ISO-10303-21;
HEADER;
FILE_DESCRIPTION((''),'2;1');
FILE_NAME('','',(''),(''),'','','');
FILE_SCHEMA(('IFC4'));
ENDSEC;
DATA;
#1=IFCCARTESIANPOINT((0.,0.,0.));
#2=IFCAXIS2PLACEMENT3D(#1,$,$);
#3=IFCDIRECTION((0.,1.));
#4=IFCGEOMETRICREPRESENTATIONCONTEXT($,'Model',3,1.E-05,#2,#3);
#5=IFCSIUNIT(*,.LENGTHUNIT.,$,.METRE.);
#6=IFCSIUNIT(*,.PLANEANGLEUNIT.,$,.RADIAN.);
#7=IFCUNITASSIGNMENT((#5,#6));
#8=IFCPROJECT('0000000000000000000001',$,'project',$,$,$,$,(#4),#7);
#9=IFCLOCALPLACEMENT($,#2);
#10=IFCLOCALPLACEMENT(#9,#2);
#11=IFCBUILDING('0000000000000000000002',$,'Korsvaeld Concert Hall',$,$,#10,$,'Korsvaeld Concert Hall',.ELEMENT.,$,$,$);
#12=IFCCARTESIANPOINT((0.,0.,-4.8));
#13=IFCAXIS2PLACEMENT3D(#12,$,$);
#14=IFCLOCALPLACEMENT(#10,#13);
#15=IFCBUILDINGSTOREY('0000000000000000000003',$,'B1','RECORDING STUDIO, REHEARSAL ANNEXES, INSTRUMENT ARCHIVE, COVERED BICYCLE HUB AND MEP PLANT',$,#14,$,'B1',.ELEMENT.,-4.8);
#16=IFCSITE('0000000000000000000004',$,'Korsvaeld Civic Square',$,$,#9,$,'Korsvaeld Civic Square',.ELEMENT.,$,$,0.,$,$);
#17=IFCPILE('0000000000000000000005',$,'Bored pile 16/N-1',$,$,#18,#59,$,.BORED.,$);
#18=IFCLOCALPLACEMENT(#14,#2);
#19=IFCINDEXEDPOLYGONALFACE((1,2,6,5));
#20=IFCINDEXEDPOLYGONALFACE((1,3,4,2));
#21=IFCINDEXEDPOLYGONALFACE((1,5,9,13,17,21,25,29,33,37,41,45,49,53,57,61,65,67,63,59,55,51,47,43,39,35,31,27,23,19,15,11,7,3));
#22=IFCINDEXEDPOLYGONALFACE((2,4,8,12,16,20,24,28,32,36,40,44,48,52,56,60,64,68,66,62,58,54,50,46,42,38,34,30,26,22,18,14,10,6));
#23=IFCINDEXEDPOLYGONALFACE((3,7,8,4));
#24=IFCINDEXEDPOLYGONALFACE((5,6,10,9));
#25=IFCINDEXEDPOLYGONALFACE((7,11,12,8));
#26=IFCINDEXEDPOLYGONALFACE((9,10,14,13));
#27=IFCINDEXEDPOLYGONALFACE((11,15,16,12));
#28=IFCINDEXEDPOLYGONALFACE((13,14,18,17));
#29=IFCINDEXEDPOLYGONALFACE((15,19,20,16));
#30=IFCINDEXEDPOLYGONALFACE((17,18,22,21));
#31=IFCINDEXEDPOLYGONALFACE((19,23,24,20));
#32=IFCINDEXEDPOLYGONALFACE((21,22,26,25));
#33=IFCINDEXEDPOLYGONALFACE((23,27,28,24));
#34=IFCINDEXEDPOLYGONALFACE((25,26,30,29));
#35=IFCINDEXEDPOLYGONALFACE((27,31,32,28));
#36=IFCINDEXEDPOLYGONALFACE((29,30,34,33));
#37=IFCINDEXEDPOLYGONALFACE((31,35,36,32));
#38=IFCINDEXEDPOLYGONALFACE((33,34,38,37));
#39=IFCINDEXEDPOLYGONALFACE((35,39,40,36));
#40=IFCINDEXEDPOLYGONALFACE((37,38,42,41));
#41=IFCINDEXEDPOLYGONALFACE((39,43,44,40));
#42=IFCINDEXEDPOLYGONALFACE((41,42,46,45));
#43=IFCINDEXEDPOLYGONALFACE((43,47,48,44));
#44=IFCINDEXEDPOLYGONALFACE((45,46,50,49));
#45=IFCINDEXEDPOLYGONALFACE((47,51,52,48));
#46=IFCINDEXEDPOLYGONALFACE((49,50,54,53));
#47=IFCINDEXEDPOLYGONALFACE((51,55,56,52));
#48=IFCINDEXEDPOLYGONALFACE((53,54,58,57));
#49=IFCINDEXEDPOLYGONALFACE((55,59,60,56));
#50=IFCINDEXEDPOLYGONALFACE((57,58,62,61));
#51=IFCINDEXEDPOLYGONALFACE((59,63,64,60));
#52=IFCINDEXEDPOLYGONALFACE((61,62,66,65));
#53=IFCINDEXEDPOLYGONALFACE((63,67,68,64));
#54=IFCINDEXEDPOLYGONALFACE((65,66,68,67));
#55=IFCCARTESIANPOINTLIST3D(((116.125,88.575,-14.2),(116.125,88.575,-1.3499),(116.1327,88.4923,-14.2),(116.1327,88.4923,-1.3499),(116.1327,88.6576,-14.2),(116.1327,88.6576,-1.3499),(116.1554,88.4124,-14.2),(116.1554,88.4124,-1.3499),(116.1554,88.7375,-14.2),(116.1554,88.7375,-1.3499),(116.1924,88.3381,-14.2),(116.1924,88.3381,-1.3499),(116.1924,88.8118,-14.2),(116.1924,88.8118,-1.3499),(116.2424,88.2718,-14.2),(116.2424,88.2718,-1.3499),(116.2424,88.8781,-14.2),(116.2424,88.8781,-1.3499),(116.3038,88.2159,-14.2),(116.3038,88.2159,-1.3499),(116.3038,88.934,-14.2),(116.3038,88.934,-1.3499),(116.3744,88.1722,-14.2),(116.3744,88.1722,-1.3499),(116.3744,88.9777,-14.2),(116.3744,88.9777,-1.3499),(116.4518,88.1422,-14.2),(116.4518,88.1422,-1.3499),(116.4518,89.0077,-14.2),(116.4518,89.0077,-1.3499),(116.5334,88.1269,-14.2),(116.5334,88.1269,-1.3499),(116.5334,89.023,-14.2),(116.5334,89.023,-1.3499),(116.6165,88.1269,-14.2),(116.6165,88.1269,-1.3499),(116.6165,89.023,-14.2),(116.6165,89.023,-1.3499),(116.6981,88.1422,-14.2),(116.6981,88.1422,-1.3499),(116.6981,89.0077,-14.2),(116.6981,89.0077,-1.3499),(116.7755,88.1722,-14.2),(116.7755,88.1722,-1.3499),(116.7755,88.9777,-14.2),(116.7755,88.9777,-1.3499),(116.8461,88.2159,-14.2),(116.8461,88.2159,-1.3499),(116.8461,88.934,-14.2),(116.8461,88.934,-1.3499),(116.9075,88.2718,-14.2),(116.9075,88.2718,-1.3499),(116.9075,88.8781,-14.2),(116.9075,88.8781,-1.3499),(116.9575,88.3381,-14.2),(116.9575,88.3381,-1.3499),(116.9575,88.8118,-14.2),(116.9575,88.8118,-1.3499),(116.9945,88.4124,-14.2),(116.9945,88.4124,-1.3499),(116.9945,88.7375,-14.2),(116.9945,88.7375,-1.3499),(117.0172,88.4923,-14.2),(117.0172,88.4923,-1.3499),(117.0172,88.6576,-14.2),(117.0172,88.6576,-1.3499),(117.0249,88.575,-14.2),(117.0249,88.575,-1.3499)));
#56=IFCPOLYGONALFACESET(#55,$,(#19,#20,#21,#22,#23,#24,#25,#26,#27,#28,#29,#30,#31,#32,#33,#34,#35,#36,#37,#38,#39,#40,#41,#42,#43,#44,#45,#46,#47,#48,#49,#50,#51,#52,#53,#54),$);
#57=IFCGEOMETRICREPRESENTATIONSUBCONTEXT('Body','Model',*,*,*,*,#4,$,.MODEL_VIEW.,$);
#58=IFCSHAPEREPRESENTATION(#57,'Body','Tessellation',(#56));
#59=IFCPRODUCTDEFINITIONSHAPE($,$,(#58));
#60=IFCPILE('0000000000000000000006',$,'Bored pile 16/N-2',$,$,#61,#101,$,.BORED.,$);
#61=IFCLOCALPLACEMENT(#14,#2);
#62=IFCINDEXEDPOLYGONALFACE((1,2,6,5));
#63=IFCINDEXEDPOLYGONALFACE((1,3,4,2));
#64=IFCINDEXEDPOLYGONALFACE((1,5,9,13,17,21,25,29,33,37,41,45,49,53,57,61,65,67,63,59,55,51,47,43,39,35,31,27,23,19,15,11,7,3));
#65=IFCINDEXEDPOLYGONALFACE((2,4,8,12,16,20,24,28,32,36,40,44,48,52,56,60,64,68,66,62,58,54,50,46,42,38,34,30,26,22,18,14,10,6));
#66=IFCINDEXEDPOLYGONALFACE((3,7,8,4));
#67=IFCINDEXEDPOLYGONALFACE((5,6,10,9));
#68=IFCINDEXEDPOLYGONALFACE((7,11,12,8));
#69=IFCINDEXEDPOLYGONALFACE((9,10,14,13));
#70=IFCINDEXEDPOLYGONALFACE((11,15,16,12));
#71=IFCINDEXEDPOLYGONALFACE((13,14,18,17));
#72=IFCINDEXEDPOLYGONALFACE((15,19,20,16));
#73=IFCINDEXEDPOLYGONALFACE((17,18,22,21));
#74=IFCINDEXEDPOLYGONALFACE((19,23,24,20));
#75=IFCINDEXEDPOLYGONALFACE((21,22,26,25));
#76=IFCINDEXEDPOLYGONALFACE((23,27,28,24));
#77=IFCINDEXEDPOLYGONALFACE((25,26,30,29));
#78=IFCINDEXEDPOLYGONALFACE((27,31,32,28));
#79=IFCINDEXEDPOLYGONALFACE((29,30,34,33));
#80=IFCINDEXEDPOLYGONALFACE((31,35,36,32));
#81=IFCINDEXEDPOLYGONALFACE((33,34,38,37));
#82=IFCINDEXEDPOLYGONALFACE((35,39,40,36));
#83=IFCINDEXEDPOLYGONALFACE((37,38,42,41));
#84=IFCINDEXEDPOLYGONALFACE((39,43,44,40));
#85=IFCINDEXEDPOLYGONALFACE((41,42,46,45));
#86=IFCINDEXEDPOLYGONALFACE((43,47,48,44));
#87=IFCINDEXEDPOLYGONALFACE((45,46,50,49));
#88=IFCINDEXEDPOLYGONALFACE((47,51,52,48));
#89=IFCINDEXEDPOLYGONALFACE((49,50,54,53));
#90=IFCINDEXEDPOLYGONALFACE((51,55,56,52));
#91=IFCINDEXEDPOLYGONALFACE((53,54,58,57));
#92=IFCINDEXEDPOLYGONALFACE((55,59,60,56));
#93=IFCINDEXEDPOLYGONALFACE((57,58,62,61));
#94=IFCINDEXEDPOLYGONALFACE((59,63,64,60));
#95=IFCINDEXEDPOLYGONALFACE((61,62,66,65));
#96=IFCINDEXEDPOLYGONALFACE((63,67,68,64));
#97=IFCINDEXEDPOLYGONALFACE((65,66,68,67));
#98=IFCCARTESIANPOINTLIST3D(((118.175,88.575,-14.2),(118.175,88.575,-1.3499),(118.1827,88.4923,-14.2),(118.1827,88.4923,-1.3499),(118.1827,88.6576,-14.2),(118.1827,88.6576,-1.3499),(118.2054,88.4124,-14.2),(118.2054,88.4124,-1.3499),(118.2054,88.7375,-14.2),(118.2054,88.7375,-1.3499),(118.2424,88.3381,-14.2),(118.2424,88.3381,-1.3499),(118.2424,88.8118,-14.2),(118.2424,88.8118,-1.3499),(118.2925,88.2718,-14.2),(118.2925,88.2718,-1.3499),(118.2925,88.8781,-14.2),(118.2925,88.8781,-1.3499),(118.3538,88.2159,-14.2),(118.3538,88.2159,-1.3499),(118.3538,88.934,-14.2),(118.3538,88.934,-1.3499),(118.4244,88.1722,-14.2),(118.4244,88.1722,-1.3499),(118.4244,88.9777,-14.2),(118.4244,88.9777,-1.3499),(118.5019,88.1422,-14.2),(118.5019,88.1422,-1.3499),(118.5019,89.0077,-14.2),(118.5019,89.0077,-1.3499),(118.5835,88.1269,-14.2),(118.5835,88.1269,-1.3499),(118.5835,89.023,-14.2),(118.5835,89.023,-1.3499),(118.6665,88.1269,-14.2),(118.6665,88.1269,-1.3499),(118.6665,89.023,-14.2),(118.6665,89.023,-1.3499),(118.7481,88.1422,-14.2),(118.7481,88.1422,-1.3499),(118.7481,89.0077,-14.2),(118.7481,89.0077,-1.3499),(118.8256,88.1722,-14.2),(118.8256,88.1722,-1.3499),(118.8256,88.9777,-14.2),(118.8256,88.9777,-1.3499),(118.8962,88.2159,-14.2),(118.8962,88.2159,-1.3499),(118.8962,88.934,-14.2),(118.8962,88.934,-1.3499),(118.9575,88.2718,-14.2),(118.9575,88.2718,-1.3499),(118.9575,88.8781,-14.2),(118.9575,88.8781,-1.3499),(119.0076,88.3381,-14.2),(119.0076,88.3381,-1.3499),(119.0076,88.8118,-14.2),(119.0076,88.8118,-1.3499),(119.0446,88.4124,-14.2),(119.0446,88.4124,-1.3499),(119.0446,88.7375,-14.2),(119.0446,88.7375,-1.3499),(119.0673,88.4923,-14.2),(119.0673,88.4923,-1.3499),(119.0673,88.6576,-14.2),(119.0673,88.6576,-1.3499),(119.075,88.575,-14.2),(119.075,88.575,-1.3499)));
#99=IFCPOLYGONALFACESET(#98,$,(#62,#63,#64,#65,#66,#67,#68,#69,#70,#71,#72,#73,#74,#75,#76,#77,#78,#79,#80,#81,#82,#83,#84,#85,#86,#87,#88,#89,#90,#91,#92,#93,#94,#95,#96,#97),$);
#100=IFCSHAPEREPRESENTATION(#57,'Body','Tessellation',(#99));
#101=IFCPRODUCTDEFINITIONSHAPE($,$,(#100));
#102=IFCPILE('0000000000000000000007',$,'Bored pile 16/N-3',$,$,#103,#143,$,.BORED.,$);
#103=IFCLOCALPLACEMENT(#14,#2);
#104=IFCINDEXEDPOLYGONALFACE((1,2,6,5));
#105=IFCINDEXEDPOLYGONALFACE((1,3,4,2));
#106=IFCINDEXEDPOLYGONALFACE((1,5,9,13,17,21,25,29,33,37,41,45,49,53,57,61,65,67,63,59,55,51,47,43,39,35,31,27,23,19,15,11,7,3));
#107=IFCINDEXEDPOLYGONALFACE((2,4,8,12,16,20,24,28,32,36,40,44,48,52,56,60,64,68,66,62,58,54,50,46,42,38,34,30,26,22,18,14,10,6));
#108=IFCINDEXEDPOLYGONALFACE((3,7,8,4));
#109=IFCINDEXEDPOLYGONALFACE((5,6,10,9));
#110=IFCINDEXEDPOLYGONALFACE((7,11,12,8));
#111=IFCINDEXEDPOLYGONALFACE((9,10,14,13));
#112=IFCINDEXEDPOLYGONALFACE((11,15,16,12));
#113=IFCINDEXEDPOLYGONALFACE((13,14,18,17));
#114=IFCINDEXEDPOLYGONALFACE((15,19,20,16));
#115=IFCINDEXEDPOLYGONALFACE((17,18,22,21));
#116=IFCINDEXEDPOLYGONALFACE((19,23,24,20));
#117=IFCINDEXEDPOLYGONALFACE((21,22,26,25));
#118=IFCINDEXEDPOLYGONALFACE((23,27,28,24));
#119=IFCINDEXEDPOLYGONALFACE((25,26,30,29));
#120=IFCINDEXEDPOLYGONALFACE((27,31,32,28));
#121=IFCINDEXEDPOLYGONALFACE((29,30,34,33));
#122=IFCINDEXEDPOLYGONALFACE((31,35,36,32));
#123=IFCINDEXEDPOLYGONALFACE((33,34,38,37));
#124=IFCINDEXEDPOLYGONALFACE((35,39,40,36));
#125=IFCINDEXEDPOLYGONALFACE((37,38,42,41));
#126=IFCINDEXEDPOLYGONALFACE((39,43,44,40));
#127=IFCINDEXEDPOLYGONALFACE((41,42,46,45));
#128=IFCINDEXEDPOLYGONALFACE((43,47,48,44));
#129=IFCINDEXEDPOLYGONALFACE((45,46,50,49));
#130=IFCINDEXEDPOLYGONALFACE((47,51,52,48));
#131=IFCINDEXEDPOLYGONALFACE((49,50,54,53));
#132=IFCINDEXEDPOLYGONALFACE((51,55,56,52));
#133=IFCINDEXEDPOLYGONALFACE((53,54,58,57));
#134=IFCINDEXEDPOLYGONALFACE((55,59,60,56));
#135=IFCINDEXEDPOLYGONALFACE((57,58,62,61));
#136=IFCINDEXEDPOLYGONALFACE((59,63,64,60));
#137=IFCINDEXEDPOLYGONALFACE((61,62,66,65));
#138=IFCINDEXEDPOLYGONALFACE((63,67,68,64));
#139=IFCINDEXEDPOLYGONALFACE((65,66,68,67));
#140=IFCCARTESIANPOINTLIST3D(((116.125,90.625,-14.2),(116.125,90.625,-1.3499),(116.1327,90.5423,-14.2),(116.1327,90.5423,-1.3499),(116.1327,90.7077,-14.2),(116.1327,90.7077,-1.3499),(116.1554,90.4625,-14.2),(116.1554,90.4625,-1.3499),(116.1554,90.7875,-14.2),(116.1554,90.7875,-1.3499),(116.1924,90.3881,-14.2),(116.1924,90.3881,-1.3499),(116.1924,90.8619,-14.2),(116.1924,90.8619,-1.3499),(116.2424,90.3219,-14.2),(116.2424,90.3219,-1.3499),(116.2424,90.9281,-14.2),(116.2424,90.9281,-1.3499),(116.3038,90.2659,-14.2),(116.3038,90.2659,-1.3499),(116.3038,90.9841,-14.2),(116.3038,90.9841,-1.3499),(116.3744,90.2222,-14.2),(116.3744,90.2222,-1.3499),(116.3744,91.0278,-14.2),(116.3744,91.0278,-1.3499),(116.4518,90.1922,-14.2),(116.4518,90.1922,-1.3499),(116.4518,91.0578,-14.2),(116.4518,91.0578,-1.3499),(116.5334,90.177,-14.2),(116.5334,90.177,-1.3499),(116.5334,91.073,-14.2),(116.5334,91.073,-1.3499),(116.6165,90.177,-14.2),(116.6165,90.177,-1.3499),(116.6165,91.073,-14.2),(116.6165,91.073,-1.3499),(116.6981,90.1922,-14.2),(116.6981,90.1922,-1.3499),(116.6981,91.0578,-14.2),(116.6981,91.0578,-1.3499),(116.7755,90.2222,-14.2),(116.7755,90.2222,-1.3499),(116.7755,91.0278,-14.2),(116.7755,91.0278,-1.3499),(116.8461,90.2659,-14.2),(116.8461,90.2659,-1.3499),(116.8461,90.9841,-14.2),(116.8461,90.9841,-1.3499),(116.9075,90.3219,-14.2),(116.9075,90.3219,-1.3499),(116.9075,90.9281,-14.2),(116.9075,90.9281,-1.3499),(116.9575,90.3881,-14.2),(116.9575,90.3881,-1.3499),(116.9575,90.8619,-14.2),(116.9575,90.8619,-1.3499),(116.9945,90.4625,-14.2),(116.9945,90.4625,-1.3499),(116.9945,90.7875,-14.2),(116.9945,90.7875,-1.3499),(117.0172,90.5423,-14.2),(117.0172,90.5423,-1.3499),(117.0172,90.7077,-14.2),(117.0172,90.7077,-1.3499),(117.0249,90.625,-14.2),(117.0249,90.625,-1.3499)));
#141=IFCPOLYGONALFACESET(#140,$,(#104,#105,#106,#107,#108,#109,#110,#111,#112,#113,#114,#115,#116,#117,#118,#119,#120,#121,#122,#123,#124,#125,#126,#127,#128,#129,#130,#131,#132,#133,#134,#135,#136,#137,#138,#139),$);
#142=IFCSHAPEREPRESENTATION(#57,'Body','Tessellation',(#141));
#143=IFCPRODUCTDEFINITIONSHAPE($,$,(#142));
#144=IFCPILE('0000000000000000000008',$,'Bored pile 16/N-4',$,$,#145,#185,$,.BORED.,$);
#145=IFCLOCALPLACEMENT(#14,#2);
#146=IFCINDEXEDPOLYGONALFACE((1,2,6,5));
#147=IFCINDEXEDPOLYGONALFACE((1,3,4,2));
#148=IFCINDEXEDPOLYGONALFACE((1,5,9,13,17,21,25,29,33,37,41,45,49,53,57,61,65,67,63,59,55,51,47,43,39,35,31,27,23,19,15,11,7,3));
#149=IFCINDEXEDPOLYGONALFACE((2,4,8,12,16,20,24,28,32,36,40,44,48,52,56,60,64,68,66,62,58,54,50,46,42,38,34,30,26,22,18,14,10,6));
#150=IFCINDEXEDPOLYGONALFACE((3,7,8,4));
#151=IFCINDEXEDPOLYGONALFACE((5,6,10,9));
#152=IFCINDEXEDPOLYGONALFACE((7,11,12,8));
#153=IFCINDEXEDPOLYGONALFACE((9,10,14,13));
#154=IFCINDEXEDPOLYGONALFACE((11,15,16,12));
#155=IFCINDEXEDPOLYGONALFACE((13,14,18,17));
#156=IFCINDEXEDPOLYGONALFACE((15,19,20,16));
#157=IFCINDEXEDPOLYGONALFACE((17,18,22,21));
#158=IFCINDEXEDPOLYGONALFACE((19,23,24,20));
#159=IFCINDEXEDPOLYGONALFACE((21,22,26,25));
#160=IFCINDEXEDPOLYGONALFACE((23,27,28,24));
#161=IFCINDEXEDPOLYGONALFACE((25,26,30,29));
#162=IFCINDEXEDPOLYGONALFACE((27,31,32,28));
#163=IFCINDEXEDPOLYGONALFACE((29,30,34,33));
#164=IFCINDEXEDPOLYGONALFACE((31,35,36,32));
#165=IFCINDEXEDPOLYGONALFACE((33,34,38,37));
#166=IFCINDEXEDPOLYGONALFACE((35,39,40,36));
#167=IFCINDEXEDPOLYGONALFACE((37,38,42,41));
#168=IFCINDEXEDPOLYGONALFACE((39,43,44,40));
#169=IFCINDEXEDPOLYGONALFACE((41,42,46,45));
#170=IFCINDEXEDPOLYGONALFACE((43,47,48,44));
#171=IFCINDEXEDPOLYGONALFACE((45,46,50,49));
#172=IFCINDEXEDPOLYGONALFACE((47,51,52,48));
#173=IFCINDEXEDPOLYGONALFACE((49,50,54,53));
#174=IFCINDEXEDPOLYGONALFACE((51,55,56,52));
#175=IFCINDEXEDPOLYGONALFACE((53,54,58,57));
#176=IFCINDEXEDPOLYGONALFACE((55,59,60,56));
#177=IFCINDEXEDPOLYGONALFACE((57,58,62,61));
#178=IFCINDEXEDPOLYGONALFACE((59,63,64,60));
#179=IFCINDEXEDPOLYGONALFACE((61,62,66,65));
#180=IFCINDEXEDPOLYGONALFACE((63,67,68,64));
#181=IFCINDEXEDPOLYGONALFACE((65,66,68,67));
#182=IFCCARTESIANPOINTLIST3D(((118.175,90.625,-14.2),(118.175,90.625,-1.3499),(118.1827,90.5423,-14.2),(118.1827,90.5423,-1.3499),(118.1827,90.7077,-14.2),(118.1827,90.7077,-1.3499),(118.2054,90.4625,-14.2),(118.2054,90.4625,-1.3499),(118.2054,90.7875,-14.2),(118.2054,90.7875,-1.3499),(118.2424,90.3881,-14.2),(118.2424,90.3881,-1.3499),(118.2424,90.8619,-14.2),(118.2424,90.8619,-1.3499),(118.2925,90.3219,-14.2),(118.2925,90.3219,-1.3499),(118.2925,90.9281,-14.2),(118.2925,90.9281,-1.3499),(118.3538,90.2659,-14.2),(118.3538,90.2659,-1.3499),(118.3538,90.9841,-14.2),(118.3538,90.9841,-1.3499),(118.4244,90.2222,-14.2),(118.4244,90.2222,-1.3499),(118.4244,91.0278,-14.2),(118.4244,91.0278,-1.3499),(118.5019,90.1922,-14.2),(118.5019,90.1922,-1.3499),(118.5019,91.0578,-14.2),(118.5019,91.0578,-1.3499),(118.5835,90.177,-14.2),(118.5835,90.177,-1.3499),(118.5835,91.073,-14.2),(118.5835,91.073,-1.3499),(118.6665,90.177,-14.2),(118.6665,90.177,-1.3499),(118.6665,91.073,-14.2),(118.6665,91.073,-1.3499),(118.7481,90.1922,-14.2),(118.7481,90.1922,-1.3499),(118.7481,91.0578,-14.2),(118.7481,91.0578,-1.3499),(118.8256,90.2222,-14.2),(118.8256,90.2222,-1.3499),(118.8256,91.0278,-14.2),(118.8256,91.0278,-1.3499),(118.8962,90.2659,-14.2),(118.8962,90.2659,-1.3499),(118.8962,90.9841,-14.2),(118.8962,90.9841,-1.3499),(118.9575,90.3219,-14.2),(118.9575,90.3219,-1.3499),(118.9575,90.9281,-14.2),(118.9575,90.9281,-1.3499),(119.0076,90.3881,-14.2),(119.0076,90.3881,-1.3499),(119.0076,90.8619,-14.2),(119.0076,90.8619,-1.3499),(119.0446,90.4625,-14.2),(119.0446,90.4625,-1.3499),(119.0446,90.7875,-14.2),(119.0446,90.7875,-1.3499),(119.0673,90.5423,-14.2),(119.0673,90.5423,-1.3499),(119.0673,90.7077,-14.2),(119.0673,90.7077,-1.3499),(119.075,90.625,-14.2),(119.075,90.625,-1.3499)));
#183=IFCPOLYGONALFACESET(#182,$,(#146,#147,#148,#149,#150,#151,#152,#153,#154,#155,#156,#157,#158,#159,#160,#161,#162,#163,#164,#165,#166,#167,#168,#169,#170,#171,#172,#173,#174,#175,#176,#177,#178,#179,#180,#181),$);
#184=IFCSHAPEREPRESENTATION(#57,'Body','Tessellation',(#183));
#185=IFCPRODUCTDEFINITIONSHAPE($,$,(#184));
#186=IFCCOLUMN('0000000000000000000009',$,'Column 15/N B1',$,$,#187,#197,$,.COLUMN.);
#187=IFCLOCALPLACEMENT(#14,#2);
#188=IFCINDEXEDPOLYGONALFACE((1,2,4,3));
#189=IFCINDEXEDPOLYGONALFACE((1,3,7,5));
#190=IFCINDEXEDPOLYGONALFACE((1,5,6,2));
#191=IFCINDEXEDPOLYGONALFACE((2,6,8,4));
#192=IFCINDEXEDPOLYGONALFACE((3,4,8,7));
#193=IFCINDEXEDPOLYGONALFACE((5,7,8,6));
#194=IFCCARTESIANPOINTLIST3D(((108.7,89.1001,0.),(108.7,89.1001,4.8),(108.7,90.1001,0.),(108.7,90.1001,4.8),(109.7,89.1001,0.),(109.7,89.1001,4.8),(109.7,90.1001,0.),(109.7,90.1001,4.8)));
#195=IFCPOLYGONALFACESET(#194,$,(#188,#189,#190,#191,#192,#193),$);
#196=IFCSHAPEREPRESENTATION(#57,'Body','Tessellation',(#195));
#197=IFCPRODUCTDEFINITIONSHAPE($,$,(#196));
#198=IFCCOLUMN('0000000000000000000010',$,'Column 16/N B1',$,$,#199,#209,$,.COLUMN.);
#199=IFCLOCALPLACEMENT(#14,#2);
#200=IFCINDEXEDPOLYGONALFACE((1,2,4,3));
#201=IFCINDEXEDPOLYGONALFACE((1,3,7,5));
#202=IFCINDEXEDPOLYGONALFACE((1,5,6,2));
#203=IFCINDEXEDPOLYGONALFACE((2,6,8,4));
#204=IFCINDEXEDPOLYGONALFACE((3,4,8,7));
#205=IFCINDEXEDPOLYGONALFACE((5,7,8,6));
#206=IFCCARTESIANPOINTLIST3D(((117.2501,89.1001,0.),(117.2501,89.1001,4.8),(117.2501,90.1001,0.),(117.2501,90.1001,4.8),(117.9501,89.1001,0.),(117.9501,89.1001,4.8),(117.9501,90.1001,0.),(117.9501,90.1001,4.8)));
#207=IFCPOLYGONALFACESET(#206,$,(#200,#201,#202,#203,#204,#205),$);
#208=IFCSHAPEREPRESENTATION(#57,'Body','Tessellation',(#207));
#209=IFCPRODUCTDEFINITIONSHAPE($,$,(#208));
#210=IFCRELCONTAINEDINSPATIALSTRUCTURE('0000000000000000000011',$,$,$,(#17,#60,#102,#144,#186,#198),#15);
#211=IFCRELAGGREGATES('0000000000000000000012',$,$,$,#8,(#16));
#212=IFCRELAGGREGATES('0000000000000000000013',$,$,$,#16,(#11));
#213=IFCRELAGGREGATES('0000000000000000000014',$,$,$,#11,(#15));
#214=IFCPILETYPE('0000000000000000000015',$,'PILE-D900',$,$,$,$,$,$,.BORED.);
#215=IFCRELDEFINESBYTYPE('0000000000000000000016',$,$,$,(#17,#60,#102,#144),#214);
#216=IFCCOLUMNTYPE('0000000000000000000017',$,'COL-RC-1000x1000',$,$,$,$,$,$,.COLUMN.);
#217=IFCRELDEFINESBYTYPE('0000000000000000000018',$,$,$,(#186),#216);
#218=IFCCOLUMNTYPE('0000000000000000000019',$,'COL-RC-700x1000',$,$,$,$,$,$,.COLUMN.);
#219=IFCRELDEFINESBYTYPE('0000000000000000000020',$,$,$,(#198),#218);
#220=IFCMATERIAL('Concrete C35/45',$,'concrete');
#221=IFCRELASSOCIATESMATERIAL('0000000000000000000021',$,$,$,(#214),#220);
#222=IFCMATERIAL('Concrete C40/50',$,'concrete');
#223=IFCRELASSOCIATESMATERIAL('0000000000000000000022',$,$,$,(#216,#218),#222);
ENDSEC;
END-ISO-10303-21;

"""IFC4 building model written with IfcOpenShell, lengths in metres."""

from ifc_helpers import new_model, si_unit, direction, frame, origin, origin_2d, place, context, subcontext, project, spatial, rectangle, circle, extrude, material, material_profile, profile_set, type_object, element, save


model = new_model("IFC4")

# Units and contexts
model_context = context("Model", 3, precision=1e-05, world=origin(), true_north=direction((0.0, 1.0)))
body_context = subcontext(model_context, "Body", "Model", "MODEL_VIEW")
ifc_project = project(units=[si_unit("LENGTHUNIT", "METRE"), si_unit("PLANEANGLEUNIT", "RADIAN")], contexts=[model_context])

# Site, building, storey
site_placement = place(None, origin())
site = spatial("IfcSite", under=ifc_project, at=site_placement, Name="Korsvaeld Civic Square", LongName="Korsvaeld Civic Square", CompositionType="ELEMENT", RefElevation=0.0)
building_placement = place(site_placement, origin())
building = spatial("IfcBuilding", under=site, at=building_placement, Name="Korsvaeld Concert Hall", LongName="Korsvaeld Concert Hall", CompositionType="ELEMENT")
storey_placement = place(building_placement, frame((0.0, 0.0, -4.8)))
storey = spatial("IfcBuildingStorey", under=building, at=storey_placement, Name="B1", Description="RECORDING STUDIO, REHEARSAL ANNEXES, INSTRUMENT ARCHIVE, COVERED BICYCLE HUB AND MEP PLANT", LongName="B1", CompositionType="ELEMENT", Elevation=-4.8)

# Shared definitions
ifc_material_1 = material(Name="Concrete C35/45", Category="concrete")

# Piles
ifc_material_2 = material(Name="Concrete C40/50", Category="concrete")
ifc_material_profile_1 = material_profile(ifc_material_1, circle(Radius=0.45, at=origin_2d()), Name="BORED PILE D900")
ifc_profile_set_1 = profile_set([ifc_material_profile_1], Name="Concrete C35/45")
pile_type_1 = type_object("IfcPileType", Name="PILE-D900", PredefinedType="BORED", material=ifc_profile_set_1)
for number, where, z_axis, x_axis, name in (
    (1, (116.575, 88.575, -1.3499), (0.0, 0.0, -1.0), (1.0, 0.0, 0.0), "Bored pile 16/N-1"),
    (2, (118.625, 88.575, -1.3499), (0.0, 0.0, -1.0), (1.0, 0.0, 0.0), "Bored pile 16/N-2"),
    (3, (116.575, 90.625, -1.3499), (0.0, 0.0, -1.0), (1.0, 0.0, 0.0), "Bored pile 16/N-3"),
    (4, (118.625, 90.625, -1.3499), (0.0, 0.0, -1.0), (1.0, 0.0, 0.0), "Bored pile 16/N-4"),
):
    element("IfcPile", number, at=place(storey_placement, frame(where, z_axis=z_axis, x_axis=x_axis)), inside=storey, type_object=pile_type_1, Name=name, PredefinedType="BORED", context=body_context, shape_type="SweptSolid", body=[
        extrude(circle(Radius=0.45, at=origin_2d()), origin(), (0.0, 0.0, 1.0), 12.8501),
    ])

# Columns
ifc_material_profile_2 = material_profile(ifc_material_2, rectangle(XDim=1.0, YDim=1.0, at=origin_2d()), Name="RC 1000x1000")
ifc_profile_set_2 = profile_set([ifc_material_profile_2], Name="Concrete C40/50")
column_type_1 = type_object("IfcColumnType", Name="COL-RC-1000x1000", PredefinedType="COLUMN", material=ifc_profile_set_2)
column_1_placement = place(storey_placement, frame((109.2, 89.6001, 0.0), z_axis=(0.0, 0.0, 1.0), x_axis=(1.0, 0.0, 0.0)))
element("IfcColumn", 5, at=column_1_placement, inside=storey, type_object=column_type_1, Name="Column 15/N B1", PredefinedType="COLUMN", context=body_context, shape_type="SweptSolid", body=[
    extrude(rectangle(XDim=1.0, YDim=1.0, at=origin_2d()), origin(), (0.0, 0.0, 1.0), 4.8),
])
ifc_material_profile_3 = material_profile(ifc_material_2, rectangle(XDim=0.7, YDim=1.0, at=origin_2d()), Name="RC 700x1000")
ifc_profile_set_3 = profile_set([ifc_material_profile_3], Name="Concrete C40/50")
column_type_2 = type_object("IfcColumnType", Name="COL-RC-700x1000", PredefinedType="COLUMN", material=ifc_profile_set_3)
column_2_placement = place(storey_placement, frame((117.6001, 89.6001, 0.0), z_axis=(0.0, 0.0, 1.0), x_axis=(1.0, 0.0, 0.0)))
element("IfcColumn", 6, at=column_2_placement, inside=storey, type_object=column_type_2, Name="Column 16/N B1", PredefinedType="COLUMN", context=body_context, shape_type="SweptSolid", body=[
    extrude(rectangle(XDim=0.7, YDim=1.0, at=origin_2d()), origin(), (0.0, 0.0, 1.0), 4.8),
])

save(model, "model.ifc")
